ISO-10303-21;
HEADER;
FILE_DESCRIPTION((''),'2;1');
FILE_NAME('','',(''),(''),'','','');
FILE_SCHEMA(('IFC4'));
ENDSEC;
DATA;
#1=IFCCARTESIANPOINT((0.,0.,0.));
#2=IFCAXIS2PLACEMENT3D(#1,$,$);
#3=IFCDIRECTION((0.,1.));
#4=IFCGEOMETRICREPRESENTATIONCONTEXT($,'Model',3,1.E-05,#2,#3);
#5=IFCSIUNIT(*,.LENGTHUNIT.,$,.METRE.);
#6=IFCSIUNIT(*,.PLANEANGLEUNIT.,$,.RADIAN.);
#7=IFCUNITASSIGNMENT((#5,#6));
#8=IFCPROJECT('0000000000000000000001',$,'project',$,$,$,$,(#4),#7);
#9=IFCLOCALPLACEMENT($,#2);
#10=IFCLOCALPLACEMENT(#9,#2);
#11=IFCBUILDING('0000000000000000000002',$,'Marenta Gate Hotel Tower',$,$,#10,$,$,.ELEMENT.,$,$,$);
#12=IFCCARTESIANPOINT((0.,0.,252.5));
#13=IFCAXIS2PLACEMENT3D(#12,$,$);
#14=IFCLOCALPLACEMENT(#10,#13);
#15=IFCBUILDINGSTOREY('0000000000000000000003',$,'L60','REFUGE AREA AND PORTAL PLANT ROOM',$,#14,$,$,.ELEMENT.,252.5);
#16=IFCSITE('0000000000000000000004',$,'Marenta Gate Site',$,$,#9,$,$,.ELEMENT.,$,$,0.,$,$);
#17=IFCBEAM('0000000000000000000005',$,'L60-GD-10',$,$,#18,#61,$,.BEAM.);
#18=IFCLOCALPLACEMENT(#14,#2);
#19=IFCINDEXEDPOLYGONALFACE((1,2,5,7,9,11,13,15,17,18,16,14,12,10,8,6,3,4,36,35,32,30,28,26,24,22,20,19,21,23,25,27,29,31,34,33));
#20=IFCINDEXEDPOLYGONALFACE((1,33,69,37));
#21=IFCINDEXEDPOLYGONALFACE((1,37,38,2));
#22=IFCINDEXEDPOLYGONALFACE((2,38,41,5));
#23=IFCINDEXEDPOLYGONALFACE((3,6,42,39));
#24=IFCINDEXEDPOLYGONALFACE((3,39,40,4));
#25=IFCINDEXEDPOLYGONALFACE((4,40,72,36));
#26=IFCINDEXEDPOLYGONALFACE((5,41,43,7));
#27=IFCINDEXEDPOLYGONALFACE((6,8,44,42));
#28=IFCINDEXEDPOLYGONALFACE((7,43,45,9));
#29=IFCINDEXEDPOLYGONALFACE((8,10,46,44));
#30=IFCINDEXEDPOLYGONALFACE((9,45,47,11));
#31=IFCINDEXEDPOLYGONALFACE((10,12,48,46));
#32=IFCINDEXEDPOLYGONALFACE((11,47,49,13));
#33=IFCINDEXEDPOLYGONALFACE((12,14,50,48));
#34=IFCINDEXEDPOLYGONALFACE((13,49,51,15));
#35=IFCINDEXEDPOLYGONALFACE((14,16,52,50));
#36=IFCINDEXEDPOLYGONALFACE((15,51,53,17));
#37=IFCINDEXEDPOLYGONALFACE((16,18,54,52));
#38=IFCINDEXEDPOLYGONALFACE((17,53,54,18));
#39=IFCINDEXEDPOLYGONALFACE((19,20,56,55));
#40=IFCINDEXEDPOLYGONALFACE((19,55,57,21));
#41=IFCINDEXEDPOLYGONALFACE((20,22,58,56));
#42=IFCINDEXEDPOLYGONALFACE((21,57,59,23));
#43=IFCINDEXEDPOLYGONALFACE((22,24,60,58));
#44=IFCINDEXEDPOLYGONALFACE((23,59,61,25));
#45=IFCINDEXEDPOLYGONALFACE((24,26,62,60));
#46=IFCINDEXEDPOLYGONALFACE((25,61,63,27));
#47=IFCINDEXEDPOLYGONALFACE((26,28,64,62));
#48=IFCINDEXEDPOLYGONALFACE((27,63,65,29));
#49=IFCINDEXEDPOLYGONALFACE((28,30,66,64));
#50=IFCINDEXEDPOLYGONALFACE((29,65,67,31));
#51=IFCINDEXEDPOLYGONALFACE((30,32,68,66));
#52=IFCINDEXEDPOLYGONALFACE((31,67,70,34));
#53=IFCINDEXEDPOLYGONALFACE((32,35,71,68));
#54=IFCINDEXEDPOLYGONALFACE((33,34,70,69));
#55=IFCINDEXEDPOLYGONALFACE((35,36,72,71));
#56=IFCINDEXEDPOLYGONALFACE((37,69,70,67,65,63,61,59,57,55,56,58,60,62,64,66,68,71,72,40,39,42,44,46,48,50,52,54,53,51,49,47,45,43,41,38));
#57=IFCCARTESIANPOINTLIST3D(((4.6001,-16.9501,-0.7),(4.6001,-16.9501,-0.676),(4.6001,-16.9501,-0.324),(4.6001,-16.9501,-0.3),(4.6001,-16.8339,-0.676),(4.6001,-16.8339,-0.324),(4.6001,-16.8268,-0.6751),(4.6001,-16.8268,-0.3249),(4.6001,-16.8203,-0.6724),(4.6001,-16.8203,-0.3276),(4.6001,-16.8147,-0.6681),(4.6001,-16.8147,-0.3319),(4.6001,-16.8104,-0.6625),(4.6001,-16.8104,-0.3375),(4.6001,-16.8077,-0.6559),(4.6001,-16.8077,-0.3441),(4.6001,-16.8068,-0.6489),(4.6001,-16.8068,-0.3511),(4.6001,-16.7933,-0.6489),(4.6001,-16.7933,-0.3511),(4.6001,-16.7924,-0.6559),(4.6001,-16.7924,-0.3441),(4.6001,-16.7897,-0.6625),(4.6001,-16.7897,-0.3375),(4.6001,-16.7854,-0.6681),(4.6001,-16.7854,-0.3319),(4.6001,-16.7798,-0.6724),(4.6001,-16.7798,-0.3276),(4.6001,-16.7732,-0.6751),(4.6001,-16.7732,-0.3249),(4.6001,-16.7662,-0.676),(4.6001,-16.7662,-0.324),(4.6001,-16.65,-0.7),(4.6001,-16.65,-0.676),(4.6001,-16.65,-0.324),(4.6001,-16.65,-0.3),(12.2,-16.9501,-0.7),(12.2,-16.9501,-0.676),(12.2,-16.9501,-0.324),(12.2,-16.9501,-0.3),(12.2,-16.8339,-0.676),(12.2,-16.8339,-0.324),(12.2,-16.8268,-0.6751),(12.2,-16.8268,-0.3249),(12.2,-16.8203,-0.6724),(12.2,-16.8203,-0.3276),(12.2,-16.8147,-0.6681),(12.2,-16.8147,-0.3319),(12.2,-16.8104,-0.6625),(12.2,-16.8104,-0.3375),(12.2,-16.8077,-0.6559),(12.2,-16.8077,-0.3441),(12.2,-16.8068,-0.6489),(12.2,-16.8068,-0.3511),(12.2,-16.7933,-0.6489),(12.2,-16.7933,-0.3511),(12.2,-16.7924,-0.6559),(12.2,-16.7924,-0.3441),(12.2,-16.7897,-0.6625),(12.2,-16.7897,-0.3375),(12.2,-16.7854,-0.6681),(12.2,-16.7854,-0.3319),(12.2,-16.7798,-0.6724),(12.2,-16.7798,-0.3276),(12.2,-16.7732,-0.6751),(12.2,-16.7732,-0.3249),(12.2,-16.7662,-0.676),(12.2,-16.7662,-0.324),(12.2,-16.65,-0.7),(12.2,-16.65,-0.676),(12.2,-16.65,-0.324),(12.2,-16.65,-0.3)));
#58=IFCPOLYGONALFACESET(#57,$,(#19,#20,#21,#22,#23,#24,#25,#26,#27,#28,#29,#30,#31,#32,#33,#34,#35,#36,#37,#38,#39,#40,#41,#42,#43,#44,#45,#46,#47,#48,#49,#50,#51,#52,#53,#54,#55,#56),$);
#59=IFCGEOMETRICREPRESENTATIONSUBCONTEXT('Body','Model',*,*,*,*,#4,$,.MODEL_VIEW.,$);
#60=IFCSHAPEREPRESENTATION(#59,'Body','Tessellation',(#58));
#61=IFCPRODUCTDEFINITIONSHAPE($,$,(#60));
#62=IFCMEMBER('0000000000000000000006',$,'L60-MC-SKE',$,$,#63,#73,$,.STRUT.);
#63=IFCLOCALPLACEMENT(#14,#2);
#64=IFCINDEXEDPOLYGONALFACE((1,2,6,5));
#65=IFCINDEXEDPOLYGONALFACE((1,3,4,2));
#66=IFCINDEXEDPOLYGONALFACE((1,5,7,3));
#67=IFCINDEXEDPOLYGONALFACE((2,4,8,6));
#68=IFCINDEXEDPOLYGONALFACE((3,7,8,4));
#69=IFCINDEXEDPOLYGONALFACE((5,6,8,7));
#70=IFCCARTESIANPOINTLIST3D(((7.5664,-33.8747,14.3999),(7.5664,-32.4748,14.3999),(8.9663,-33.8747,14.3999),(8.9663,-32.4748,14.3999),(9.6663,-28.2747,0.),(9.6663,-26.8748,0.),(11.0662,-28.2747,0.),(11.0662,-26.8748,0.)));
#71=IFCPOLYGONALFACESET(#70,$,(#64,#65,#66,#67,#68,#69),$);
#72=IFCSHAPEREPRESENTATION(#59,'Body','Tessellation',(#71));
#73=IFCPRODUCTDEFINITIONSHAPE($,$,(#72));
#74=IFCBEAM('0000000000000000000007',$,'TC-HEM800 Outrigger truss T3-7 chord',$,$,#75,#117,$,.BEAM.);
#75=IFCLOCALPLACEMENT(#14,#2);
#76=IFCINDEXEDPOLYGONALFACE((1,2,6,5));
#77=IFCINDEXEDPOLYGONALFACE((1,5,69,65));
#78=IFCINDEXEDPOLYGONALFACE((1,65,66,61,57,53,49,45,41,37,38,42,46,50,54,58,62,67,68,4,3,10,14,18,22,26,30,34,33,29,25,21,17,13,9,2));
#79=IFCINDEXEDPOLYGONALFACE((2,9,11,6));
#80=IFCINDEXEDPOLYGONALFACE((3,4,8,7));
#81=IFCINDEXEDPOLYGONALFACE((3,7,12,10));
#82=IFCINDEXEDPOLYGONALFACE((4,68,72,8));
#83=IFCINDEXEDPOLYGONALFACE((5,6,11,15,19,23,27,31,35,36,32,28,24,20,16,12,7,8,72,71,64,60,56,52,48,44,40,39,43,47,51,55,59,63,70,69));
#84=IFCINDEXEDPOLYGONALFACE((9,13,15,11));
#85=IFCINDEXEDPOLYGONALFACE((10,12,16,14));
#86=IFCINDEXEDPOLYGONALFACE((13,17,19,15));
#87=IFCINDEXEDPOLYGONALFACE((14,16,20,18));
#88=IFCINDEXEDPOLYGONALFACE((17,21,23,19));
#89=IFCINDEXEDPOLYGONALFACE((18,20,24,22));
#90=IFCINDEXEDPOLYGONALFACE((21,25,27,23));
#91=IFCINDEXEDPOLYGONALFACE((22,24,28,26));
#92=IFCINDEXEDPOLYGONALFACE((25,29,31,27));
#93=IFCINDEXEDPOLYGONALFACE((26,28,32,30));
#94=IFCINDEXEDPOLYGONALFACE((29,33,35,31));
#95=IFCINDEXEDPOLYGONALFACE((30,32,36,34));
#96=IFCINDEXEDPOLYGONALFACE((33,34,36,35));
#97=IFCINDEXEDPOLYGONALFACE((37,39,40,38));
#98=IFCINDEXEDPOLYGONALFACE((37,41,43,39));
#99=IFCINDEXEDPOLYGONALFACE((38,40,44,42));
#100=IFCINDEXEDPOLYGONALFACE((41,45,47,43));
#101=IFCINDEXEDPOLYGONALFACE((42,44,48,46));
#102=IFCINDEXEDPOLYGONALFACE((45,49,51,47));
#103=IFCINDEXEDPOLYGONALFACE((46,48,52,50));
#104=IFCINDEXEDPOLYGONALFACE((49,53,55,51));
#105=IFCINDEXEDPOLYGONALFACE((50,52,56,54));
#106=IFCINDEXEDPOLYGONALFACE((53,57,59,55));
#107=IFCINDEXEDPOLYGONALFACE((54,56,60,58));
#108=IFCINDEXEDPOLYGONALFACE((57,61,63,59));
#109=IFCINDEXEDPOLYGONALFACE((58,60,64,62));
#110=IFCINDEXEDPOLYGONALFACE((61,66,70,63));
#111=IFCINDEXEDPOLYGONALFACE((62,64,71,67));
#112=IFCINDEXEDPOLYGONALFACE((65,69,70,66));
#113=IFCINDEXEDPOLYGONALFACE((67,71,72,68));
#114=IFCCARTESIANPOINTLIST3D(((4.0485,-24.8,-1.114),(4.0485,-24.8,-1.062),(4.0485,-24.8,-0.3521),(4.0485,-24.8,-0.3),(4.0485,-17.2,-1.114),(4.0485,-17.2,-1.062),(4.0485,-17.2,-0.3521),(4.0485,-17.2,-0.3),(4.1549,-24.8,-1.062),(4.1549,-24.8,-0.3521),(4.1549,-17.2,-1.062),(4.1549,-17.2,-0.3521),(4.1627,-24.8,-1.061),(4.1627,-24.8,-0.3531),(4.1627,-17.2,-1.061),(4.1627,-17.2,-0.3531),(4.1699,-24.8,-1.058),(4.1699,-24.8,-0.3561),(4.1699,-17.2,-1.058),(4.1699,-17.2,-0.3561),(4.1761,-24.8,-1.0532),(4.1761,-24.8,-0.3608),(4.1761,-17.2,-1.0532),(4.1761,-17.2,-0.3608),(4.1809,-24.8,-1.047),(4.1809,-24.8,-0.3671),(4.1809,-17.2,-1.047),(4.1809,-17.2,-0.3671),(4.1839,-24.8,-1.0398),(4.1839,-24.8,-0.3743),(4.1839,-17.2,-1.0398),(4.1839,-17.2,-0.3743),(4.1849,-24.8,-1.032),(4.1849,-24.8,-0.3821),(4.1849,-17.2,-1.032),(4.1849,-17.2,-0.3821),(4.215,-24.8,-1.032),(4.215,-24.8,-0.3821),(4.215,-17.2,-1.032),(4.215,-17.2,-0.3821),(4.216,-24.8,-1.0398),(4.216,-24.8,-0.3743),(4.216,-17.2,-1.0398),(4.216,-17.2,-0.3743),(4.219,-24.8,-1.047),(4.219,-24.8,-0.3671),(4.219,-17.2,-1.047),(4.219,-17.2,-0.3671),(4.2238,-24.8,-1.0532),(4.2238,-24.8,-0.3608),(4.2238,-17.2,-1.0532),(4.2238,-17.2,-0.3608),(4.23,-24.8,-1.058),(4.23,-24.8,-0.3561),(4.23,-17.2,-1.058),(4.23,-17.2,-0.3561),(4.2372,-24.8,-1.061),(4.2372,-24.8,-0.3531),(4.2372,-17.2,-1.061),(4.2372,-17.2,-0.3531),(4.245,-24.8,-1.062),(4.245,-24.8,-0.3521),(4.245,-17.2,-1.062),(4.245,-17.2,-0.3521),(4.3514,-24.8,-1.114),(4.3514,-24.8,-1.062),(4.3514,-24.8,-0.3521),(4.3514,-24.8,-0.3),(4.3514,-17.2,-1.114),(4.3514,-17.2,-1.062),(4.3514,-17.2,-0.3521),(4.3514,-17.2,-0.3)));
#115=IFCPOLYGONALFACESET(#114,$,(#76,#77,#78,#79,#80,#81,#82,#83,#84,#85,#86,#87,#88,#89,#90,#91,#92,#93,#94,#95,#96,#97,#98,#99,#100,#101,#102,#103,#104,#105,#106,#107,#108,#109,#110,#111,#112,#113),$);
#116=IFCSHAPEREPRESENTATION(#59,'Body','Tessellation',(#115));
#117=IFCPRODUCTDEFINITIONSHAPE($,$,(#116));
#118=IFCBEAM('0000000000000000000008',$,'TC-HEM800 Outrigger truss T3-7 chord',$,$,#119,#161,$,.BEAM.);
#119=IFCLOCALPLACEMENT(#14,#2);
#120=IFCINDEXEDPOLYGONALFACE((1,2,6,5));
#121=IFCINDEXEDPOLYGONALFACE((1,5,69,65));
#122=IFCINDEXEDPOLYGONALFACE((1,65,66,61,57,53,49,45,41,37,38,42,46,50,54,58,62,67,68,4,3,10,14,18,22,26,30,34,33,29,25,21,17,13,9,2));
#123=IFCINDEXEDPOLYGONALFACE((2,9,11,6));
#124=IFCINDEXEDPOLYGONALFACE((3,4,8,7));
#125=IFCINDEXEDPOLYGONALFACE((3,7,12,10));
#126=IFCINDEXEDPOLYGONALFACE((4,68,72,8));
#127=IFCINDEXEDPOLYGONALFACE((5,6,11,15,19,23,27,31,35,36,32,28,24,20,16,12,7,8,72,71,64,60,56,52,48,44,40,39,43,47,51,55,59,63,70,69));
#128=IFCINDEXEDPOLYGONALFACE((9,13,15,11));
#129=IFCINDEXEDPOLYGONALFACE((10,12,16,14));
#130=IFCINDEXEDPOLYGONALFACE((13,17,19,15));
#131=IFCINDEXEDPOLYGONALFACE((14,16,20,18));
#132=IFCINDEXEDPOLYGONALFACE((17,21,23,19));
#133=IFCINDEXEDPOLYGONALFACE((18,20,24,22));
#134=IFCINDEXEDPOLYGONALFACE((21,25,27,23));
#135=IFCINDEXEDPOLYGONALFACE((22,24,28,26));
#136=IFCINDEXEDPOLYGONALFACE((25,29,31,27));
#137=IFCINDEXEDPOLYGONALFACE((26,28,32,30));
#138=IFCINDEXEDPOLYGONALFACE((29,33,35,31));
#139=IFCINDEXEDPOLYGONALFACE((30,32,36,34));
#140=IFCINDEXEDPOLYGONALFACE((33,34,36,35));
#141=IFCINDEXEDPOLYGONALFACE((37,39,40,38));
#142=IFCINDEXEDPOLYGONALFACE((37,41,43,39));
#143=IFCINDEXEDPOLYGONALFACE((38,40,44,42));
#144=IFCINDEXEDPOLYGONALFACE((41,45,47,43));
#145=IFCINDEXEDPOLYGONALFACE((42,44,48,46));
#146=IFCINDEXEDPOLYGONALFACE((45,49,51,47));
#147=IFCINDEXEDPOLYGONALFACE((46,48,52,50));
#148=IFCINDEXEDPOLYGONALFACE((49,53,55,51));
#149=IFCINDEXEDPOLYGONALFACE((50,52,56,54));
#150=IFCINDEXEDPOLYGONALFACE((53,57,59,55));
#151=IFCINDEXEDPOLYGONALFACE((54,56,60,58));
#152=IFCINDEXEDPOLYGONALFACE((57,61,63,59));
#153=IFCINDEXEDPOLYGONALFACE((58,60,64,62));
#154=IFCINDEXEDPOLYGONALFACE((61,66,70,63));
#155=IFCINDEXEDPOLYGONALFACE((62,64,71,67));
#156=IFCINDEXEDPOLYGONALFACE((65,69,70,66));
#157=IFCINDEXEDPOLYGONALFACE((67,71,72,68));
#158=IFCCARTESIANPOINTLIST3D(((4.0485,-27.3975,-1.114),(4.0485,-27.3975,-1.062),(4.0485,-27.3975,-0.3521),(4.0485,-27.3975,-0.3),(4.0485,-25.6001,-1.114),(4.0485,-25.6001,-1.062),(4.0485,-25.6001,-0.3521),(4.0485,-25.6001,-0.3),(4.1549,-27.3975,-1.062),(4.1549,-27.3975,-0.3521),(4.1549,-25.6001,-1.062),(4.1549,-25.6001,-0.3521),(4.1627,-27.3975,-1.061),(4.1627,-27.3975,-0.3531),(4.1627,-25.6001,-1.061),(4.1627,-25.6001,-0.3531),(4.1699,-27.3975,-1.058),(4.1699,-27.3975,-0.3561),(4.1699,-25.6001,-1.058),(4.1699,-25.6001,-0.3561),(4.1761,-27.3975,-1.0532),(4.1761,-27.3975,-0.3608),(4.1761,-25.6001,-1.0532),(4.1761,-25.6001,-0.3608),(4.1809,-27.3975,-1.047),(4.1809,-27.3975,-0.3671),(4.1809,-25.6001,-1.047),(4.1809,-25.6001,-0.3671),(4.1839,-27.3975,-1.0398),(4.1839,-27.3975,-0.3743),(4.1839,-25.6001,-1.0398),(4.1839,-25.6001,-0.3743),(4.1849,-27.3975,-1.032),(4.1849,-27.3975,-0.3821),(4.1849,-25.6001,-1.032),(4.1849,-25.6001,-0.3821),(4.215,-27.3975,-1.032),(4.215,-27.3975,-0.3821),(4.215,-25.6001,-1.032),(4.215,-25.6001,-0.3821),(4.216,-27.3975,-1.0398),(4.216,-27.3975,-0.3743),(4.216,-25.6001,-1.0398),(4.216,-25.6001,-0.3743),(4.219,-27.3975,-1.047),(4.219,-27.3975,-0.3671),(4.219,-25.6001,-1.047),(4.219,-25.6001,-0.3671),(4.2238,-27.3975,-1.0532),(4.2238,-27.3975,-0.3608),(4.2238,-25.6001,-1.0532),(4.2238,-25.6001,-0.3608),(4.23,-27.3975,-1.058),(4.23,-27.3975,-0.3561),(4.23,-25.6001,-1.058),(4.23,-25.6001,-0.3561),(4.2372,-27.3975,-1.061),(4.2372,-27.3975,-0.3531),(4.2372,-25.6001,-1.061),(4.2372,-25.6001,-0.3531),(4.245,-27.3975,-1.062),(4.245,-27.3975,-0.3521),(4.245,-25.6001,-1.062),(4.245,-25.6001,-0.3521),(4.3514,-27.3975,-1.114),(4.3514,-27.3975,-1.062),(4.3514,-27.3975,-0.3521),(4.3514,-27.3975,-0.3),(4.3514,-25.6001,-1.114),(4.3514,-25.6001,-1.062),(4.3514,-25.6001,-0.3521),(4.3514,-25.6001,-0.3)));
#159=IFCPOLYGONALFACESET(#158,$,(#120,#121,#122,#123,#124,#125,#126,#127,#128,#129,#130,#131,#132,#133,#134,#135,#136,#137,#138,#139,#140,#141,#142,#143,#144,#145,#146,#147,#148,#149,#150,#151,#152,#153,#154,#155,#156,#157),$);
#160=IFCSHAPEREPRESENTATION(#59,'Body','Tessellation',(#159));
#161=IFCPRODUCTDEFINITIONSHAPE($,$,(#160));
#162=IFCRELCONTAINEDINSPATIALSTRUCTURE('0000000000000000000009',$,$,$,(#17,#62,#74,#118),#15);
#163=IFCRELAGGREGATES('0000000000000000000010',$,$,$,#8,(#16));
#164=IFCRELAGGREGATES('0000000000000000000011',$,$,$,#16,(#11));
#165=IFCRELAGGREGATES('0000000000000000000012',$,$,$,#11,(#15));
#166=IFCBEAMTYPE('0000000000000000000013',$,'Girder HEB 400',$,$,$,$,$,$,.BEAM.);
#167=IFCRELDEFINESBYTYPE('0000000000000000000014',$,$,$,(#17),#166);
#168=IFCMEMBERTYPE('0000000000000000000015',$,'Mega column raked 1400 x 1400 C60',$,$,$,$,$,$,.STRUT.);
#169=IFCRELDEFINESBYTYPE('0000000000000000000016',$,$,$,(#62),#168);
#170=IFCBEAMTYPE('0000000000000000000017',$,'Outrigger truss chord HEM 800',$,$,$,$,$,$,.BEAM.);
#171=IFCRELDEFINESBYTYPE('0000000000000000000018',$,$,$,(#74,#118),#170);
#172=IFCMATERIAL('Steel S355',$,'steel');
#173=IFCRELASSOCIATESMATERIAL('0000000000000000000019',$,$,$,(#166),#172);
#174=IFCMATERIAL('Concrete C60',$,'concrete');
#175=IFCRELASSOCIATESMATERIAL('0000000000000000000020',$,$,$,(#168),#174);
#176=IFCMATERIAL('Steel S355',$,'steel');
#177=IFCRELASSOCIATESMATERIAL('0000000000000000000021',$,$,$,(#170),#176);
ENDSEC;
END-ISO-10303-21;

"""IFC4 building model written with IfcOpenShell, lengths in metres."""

from ifc_helpers import new_model, si_unit, direction, frame, origin, origin_2d, place, context, subcontext, project, spatial, rectangle, i_section, extrude, material, material_profile, profile_set, type_object, element, save


model = new_model("IFC4")

# Units and contexts
model_context = context("Model", 3, precision=1e-05, world=origin(), true_north=direction((0.0, 1.0)))
body_context = subcontext(model_context, "Body", "Model", "MODEL_VIEW")
ifc_project = project(units=[si_unit("LENGTHUNIT", "METRE"), si_unit("PLANEANGLEUNIT", "RADIAN")], contexts=[model_context])

# Site, building, storey
site_placement = place(None, origin())
site = spatial("IfcSite", under=ifc_project, at=site_placement, Name="Marenta Gate Site", CompositionType="ELEMENT", RefElevation=0.0)
building_placement = place(site_placement, origin())
building = spatial("IfcBuilding", under=site, at=building_placement, Name="Marenta Gate Hotel Tower", CompositionType="ELEMENT")
storey_placement = place(building_placement, frame((0.0, 0.0, 252.5)))
storey = spatial("IfcBuildingStorey", under=building, at=storey_placement, Name="L60", Description="REFUGE AREA AND PORTAL PLANT ROOM", CompositionType="ELEMENT", Elevation=252.5)

# Beam
ifc_material_1 = material(Name="Steel S355", Category="steel")
ifc_material_profile_1 = material_profile(ifc_material_1, i_section(OverallWidth=0.3, OverallDepth=0.3999, WebThickness=0.0134, FlangeThickness=0.0239, FilletRadius=0.0271, at=origin_2d()), Name="HEB 400")
ifc_profile_set_1 = profile_set([ifc_material_profile_1], Name="Steel S355")
beam_type_1 = type_object("IfcBeamType", Name="Girder HEB 400", PredefinedType="BEAM", material=ifc_profile_set_1)
for number, where, z_axis, x_axis, name in (
    (1, (4.6001, -16.8, -0.5), (1.0, 0.0, 0.0), (0.0, 1.0, 0.0), "L60-GD-10"),
):
    element("IfcBeam", number, at=place(storey_placement, frame(where, z_axis=z_axis, x_axis=x_axis)), inside=storey, type_object=beam_type_1, Name=name, PredefinedType="BEAM", context=body_context, shape_type="SweptSolid", body=[
        extrude(i_section(OverallWidth=0.3, OverallDepth=0.3999, WebThickness=0.0134, FlangeThickness=0.0239, FilletRadius=0.0271, at=origin_2d()), origin(), (0.0, 0.0, 1.0), 7.5999),
    ])

# Member
ifc_material_2 = material(Name="Concrete C60", Category="concrete")
ifc_material_profile_2 = material_profile(ifc_material_2, rectangle(XDim=1.3999, YDim=1.3999, at=origin_2d()), Name="1400 x 1400")
ifc_profile_set_2 = profile_set([ifc_material_profile_2], Name="Concrete C60")
member_type_1 = type_object("IfcMemberType", Name="Mega column raked 1400 x 1400 C60", PredefinedType="STRUT", material=ifc_profile_set_2)
member_1_placement = place(storey_placement, frame((10.3662, -27.5747, 0.0), z_axis=(0.0, 0.0, 1.0), x_axis=(1.0, 0.0, 0.0)))
element("IfcMember", 2, at=member_1_placement, inside=storey, type_object=member_type_1, Name="L60-MC-SKE", PredefinedType="STRUT", context=body_context, shape_type="SweptSolid", body=[
    extrude(rectangle(XDim=1.3999, YDim=1.3999, at=origin_2d()), origin(), (-0.13467, -0.359152, 0.923512), 15.5925),
])

# Beams
ifc_material_3 = material(Name="Steel S355", Category="steel")
ifc_material_profile_3 = material_profile(ifc_material_3, i_section(OverallWidth=0.303, OverallDepth=0.814, WebThickness=0.03, FlangeThickness=0.052, FilletRadius=0.03, at=origin_2d()), Name="HEM 800")
ifc_profile_set_3 = profile_set([ifc_material_profile_3], Name="Steel S355")
beam_type_2 = type_object("IfcBeamType", Name="Outrigger truss chord HEM 800", PredefinedType="BEAM", material=ifc_profile_set_3)
beam_1_placement = place(storey_placement, frame((4.2, -17.2, -0.707), z_axis=(0.0, -1.0, 0.0), x_axis=(1.0, 0.0, 0.0)))
element("IfcBeam", 3, at=beam_1_placement, inside=storey, type_object=beam_type_2, Name="TC-HEM800 Outrigger truss T3-7 chord", PredefinedType="BEAM", context=body_context, shape_type="SweptSolid", body=[
    extrude(i_section(OverallWidth=0.303, OverallDepth=0.814, WebThickness=0.03, FlangeThickness=0.052, FilletRadius=0.03, at=origin_2d()), origin(), (0.0, 0.0, 1.0), 7.6001),
])
beam_2_placement = place(storey_placement, frame((4.2, -25.6001, -0.707), z_axis=(0.0, -1.0, 0.0), x_axis=(1.0, 0.0, 0.0)))
element("IfcBeam", 4, at=beam_2_placement, inside=storey, type_object=beam_type_2, Name="TC-HEM800 Outrigger truss T3-7 chord", PredefinedType="BEAM", context=body_context, shape_type="SweptSolid", body=[
    extrude(i_section(OverallWidth=0.303, OverallDepth=0.814, WebThickness=0.03, FlangeThickness=0.052, FilletRadius=0.03, at=origin_2d()), origin(), (0.0, 0.0, 1.0), 1.7974),
])

save(model, "model.ifc")
